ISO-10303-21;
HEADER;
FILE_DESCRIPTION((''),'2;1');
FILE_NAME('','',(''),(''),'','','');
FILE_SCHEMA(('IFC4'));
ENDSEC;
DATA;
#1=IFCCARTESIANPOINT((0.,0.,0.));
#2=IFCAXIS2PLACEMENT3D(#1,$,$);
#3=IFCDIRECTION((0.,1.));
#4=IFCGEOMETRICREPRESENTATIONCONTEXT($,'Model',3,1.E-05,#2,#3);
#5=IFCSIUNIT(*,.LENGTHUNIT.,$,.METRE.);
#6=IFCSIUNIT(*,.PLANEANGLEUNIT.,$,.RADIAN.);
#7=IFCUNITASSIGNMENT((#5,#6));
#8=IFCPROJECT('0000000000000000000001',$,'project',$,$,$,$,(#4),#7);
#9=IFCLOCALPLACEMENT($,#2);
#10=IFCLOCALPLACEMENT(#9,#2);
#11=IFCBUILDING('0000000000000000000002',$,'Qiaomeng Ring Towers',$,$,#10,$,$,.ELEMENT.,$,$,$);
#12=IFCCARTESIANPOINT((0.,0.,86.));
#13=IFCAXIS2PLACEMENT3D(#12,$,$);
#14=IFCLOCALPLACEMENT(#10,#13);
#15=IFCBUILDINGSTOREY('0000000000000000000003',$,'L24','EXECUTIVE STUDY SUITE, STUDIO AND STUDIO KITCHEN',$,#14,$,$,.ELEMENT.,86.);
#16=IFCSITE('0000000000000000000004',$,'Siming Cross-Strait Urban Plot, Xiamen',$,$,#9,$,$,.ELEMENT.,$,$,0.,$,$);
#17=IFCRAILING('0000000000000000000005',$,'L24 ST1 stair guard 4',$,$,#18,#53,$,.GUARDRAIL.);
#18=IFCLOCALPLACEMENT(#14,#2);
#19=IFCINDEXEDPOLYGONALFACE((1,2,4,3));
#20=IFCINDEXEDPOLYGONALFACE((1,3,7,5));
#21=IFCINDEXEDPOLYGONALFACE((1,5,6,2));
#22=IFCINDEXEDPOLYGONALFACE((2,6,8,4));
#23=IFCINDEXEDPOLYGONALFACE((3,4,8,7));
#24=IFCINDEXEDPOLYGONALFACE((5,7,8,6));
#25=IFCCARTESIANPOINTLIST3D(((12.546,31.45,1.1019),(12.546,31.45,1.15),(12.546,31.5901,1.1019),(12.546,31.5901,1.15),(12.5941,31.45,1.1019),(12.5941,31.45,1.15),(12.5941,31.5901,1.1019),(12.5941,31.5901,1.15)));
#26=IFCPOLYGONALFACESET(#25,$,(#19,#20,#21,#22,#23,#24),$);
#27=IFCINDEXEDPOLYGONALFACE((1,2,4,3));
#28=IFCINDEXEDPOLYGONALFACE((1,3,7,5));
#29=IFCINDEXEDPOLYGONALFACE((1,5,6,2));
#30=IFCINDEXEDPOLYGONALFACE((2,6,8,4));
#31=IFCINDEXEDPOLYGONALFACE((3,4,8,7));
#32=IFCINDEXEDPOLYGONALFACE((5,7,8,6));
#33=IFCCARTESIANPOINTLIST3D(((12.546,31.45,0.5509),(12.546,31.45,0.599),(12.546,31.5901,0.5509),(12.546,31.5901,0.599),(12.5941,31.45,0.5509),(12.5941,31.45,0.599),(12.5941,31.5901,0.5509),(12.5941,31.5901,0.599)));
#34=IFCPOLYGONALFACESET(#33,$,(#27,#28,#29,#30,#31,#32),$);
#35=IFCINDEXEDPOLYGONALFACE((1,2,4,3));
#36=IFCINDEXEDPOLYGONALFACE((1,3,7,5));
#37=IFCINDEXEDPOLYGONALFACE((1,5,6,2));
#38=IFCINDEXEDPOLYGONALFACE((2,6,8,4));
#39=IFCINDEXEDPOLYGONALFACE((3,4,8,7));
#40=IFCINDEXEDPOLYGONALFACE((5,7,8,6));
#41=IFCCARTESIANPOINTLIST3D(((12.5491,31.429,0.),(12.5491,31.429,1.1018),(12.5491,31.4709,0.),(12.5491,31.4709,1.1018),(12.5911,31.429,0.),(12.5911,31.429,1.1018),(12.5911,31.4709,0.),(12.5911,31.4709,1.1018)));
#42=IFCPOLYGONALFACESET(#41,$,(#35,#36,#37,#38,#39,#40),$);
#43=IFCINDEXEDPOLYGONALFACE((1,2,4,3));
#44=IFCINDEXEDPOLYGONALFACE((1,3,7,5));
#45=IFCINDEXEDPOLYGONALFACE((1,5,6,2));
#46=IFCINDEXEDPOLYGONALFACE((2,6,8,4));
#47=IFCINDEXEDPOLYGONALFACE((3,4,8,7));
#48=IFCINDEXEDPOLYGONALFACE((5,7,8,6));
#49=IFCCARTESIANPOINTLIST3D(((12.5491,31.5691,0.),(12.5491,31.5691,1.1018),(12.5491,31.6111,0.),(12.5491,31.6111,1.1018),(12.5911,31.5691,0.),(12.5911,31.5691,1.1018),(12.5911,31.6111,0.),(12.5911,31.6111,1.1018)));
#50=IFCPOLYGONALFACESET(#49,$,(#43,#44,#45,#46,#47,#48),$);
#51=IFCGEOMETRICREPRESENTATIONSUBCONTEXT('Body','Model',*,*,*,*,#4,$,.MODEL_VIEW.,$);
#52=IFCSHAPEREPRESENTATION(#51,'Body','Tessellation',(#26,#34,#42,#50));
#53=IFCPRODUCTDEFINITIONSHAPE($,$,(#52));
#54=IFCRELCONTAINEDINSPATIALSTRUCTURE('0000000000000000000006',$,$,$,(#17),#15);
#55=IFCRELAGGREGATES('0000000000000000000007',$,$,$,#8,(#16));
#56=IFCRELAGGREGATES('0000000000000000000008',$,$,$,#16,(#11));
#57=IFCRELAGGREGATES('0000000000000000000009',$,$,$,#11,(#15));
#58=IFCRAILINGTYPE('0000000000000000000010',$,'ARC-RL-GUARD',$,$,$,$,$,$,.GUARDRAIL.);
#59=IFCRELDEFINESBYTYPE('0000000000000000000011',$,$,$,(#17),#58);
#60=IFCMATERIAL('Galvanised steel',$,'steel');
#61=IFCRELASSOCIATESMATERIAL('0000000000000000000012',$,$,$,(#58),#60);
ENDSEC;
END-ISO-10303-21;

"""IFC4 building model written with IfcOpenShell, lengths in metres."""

from ifc_helpers import new_model, si_unit, direction, frame, origin, origin_2d, place, context, subcontext, project, spatial, rectangle, extrude, material, type_object, element, save


model = new_model("IFC4")

# Units and contexts
model_context = context("Model", 3, precision=1e-05, world=origin(), true_north=direction((0.0, 1.0)))
body_context = subcontext(model_context, "Body", "Model", "MODEL_VIEW")
ifc_project = project(units=[si_unit("LENGTHUNIT", "METRE"), si_unit("PLANEANGLEUNIT", "RADIAN")], contexts=[model_context])

# Site, building, storey
site_placement = place(None, origin())
site = spatial("IfcSite", under=ifc_project, at=site_placement, Name="Siming Cross-Strait Urban Plot, Xiamen", CompositionType="ELEMENT", RefElevation=0.0)
building_placement = place(site_placement, origin())
building = spatial("IfcBuilding", under=site, at=building_placement, Name="Qiaomeng Ring Towers", CompositionType="ELEMENT")
storey_placement = place(building_placement, frame((0.0, 0.0, 86.0)))
storey = spatial("IfcBuildingStorey", under=building, at=storey_placement, Name="L24", Description="EXECUTIVE STUDY SUITE, STUDIO AND STUDIO KITCHEN", CompositionType="ELEMENT", Elevation=86.0)

# Shared definitions
ifc_material_1 = material(Name="Galvanised steel", Category="steel")

# Railing
railing_type_1 = type_object("IfcRailingType", Name="ARC-RL-GUARD", PredefinedType="GUARDRAIL", material=ifc_material_1)
railing_1_placement = place(storey_placement, frame((12.5701, 31.45, 0.0)))
element("IfcRailing", 1, at=railing_1_placement, inside=storey, type_object=railing_type_1, Name="L24 ST1 stair guard 4", PredefinedType="GUARDRAIL", context=body_context, shape_type="SweptSolid", body=[
    extrude(rectangle(XDim=0.0481, YDim=0.0481, at=origin_2d()), frame((0.0, 0.0, 1.126), z_axis=(0.0, 1.0, 0.0), x_axis=(-1.0, 0.0, 0.0)), (0.0, 0.0, 1.0), 0.1401),
    extrude(rectangle(XDim=0.0481, YDim=0.0481, at=origin_2d()), frame((0.0, 0.0, 0.575), z_axis=(0.0, 1.0, 0.0), x_axis=(-1.0, 0.0, 0.0)), (0.0, 0.0, 1.0), 0.1401),
    extrude(rectangle(XDim=0.042, YDim=0.042, at=origin_2d()), origin(), (0.0, 0.0, 1.0), 1.1018),
    extrude(rectangle(XDim=0.042, YDim=0.042, at=origin_2d()), frame((0.0, 0.1401, 0.0)), (0.0, 0.0, 1.0), 1.1018),
])

save(model, "model.ifc")
